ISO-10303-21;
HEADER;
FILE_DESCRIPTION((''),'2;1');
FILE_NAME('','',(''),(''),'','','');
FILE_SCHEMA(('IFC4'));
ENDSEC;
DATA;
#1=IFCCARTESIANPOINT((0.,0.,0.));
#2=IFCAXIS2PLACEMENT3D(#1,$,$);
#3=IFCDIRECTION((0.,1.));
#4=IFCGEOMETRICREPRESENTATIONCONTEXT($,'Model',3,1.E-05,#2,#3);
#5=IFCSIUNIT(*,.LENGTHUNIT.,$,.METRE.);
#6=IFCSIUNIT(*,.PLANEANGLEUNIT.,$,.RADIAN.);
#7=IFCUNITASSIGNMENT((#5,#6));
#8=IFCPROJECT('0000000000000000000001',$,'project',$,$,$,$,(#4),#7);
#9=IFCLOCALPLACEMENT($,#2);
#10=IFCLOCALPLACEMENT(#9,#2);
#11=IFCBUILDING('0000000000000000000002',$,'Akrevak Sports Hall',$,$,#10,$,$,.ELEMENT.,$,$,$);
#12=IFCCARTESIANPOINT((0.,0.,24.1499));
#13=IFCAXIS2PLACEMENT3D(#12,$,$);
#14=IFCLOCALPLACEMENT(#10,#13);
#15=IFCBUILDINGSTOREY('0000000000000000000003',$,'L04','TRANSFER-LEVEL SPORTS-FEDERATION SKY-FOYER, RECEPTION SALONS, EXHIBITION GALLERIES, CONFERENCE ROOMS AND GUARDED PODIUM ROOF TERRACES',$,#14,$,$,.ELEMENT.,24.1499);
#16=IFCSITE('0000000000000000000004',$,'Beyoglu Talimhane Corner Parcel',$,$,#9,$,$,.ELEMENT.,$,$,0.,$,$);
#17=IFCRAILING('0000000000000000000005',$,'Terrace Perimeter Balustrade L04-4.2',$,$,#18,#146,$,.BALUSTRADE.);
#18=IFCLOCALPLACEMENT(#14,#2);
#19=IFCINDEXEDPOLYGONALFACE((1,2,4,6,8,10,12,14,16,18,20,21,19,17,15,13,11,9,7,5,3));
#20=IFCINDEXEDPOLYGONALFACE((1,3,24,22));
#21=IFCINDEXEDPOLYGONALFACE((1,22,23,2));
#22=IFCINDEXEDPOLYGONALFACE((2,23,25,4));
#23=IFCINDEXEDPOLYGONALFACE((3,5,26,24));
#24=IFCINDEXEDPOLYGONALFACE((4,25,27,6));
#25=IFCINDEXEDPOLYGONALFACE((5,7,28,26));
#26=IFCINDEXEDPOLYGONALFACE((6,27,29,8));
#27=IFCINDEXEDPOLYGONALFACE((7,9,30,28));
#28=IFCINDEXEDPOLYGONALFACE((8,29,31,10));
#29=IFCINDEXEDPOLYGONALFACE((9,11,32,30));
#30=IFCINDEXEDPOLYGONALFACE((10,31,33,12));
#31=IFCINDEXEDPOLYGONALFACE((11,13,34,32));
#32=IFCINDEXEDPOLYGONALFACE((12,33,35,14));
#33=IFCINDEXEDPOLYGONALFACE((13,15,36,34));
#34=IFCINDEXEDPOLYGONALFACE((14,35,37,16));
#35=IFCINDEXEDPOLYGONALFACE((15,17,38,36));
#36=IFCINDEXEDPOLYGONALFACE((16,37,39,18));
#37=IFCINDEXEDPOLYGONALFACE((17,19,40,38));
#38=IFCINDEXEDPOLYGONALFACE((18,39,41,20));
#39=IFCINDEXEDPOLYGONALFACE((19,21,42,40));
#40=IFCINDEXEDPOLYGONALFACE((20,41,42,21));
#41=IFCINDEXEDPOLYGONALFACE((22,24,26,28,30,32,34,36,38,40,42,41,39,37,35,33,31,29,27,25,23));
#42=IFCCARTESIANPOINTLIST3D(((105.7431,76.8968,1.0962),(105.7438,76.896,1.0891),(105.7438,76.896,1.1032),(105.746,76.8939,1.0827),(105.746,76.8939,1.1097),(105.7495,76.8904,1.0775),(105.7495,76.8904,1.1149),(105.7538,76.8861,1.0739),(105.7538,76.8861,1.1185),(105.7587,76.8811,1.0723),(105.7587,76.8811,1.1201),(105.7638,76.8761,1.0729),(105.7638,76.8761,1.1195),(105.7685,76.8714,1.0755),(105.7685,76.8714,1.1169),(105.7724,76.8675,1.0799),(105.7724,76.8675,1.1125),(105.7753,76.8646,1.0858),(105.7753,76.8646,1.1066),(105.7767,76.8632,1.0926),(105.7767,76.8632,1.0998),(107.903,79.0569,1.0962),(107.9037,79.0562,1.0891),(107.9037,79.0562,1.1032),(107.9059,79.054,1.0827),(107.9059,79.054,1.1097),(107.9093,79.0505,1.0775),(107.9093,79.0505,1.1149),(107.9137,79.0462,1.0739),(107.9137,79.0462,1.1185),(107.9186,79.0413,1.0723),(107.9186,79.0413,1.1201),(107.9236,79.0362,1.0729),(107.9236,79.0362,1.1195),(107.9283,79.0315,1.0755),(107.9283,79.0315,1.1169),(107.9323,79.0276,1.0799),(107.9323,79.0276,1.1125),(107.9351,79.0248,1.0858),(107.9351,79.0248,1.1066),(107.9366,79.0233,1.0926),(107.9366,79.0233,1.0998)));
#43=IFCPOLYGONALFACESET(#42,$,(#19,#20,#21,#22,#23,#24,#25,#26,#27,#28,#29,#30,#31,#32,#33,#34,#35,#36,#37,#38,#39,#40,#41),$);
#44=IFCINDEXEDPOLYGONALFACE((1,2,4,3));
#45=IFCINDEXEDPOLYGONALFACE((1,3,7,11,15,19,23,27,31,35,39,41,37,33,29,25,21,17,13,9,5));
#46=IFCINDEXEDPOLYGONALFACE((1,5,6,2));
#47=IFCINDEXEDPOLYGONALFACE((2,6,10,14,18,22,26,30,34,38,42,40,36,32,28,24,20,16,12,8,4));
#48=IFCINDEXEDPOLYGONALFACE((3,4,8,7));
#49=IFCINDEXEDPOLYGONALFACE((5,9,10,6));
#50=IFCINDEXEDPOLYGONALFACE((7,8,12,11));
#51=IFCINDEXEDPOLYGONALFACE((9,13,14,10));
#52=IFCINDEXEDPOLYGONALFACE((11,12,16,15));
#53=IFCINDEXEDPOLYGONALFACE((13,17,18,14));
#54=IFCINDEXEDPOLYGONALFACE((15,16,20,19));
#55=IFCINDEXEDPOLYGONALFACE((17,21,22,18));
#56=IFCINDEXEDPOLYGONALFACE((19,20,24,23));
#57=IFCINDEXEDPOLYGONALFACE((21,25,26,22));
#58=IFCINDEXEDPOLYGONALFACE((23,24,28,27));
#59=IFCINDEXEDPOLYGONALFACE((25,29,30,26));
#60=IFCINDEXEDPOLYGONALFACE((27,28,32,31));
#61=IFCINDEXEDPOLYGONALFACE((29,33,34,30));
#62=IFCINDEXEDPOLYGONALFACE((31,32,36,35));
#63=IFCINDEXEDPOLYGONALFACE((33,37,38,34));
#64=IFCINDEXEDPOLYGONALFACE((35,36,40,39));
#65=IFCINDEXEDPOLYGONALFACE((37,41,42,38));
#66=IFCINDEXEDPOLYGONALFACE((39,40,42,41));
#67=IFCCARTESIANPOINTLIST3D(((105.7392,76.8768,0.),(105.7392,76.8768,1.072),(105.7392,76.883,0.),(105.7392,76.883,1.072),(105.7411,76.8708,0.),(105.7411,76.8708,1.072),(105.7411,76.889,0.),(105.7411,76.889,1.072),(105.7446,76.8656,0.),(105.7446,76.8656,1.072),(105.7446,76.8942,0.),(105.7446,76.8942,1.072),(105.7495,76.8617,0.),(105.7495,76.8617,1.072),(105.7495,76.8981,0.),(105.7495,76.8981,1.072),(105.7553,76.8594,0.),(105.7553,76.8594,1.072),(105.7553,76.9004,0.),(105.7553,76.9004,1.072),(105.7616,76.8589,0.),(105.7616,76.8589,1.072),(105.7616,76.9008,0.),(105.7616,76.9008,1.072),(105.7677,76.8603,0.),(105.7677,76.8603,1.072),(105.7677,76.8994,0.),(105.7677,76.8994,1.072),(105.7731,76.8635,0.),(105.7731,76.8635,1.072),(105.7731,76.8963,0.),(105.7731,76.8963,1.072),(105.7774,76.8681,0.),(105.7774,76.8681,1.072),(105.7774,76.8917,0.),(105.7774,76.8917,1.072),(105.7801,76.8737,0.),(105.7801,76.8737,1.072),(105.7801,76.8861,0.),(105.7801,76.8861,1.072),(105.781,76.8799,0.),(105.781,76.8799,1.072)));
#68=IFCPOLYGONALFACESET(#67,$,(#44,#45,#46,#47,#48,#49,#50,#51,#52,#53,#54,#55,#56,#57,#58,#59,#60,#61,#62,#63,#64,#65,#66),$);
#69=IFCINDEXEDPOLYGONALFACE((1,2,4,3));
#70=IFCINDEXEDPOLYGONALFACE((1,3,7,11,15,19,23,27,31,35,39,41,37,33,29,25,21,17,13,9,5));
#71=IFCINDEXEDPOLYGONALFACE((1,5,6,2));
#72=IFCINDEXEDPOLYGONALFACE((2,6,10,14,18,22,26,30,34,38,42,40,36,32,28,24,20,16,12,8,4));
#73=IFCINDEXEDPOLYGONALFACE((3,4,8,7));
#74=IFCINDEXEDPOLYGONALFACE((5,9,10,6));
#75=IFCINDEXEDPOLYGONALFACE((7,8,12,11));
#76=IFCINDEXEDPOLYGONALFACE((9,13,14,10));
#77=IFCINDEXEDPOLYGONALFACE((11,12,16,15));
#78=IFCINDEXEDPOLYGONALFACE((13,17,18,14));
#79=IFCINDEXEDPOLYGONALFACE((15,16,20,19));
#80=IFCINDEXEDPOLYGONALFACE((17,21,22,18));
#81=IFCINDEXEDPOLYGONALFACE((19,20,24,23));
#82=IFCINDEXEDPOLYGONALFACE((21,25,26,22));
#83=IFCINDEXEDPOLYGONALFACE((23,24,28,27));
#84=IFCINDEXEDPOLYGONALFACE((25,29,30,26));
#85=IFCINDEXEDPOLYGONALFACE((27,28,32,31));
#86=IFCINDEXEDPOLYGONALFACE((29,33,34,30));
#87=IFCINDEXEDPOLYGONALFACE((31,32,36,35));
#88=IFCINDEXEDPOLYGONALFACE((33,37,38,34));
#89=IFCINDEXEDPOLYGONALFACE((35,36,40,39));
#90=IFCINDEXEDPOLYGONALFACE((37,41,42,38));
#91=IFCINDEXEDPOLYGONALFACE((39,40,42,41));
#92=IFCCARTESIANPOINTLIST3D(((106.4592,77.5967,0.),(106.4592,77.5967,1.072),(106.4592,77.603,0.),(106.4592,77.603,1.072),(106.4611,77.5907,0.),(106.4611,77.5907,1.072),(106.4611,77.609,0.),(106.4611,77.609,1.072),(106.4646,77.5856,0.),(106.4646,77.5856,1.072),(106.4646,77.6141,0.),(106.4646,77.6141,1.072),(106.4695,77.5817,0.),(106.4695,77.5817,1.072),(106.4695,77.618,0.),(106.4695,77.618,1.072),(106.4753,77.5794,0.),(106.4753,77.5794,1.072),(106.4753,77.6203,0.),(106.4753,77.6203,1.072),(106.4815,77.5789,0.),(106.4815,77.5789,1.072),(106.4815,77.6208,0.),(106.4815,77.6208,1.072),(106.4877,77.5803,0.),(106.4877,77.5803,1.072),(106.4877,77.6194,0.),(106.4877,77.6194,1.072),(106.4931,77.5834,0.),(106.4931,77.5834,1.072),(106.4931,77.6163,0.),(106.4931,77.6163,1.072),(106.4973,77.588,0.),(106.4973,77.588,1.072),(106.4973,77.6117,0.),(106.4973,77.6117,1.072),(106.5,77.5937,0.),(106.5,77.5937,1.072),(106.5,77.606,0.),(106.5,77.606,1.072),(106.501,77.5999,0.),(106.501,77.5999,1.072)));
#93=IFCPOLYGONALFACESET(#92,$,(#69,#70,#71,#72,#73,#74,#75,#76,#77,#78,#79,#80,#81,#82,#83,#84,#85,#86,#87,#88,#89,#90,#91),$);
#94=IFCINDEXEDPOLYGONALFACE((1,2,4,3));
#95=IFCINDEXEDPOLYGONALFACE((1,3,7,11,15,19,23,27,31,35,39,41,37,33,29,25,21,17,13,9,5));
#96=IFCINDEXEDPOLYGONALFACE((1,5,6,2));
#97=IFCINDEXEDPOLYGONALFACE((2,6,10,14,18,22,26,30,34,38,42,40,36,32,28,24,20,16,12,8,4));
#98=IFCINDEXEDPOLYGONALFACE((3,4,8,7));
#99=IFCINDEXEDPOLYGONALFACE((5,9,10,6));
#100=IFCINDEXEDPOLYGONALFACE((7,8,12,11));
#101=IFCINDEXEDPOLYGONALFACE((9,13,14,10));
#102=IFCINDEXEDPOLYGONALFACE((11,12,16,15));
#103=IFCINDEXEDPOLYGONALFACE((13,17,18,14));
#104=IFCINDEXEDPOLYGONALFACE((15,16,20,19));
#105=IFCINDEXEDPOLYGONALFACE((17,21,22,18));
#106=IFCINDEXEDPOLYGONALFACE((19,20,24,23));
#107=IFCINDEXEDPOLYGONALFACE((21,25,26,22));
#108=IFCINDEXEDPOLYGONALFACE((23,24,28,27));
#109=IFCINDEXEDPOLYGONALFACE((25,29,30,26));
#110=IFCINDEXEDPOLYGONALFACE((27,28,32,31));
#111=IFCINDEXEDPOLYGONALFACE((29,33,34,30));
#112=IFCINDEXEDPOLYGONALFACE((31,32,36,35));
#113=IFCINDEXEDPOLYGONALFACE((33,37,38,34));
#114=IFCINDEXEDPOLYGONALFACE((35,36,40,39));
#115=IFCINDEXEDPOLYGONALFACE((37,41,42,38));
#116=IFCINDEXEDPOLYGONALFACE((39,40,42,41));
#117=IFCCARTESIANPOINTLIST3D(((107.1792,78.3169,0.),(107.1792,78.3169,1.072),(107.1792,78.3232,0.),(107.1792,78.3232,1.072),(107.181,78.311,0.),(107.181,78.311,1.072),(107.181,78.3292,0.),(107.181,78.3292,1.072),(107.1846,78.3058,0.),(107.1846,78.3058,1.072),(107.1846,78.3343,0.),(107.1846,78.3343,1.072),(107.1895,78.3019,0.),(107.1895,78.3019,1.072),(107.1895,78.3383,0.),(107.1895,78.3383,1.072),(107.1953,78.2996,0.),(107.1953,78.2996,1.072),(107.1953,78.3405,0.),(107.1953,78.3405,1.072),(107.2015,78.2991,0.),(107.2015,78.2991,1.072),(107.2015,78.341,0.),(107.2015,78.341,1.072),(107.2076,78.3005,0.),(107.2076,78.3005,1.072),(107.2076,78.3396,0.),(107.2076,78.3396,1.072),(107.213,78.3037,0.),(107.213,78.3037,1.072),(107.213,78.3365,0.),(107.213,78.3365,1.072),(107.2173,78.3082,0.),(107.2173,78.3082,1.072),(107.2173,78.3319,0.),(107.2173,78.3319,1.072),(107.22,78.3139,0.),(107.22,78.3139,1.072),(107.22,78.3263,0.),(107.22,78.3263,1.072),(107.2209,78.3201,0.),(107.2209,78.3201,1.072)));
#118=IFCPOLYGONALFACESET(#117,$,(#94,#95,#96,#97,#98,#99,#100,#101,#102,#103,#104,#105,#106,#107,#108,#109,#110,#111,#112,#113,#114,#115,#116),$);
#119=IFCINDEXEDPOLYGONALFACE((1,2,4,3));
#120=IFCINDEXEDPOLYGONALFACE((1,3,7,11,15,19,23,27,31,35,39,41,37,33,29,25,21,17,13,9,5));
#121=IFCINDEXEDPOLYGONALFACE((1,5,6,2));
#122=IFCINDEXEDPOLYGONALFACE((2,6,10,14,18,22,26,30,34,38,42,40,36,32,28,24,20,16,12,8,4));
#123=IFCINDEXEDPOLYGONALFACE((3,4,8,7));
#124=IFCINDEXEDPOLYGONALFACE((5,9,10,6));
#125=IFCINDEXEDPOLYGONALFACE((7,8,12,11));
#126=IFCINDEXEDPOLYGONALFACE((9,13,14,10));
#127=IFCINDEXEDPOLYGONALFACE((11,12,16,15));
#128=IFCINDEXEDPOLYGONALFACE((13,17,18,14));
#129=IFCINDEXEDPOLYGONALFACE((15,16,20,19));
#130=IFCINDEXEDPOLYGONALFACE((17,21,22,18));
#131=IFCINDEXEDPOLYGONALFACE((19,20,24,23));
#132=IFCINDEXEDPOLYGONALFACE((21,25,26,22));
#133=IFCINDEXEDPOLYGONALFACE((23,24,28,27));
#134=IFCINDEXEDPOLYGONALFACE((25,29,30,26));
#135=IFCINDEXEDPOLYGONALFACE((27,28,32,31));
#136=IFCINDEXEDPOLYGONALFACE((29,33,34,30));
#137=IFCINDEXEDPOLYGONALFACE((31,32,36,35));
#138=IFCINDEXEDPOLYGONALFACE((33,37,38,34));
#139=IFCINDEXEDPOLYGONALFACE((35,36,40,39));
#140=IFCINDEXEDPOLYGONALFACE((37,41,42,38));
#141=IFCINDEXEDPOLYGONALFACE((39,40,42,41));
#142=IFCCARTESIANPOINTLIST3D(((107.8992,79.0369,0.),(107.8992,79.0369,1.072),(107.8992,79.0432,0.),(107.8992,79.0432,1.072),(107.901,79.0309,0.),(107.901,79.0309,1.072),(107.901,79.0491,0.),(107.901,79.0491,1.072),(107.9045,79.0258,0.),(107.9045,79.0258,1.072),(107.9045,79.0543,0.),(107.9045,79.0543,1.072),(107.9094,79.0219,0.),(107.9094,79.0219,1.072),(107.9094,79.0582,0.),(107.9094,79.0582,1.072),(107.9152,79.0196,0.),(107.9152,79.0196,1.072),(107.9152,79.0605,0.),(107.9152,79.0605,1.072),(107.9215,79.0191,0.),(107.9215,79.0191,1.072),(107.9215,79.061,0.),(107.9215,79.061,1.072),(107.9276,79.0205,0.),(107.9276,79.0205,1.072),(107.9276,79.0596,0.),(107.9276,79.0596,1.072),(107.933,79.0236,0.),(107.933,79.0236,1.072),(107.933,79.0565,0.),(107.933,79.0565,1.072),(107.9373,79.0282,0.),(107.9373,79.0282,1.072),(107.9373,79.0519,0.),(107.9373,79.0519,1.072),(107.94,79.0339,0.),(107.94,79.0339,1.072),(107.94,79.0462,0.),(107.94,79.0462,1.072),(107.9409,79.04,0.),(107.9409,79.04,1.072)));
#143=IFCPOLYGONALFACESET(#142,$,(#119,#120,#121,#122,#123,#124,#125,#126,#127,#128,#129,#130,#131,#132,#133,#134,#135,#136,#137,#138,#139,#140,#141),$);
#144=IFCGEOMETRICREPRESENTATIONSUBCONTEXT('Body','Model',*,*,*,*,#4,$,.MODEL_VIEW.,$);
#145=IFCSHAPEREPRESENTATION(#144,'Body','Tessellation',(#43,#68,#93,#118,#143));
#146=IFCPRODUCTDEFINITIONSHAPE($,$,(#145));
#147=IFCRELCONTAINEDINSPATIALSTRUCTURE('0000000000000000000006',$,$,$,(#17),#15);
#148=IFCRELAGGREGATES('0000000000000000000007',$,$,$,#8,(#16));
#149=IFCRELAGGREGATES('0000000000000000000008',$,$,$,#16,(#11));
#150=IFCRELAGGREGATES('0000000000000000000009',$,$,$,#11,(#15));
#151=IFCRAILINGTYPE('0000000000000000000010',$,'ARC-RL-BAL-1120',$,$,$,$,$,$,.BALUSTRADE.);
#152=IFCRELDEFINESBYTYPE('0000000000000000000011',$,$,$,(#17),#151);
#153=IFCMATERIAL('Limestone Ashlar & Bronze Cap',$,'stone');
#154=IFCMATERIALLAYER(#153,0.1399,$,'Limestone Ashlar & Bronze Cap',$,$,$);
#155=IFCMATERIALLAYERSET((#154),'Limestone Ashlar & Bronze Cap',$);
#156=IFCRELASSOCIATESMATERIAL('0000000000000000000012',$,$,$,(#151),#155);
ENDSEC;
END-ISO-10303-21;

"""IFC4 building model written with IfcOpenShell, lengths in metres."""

from ifc_helpers import new_model, si_unit, direction, frame, origin, origin_2d, place, context, subcontext, project, spatial, circle, extrude, material, layer, layer_set, type_object, element, save


model = new_model("IFC4")

# Units and contexts
model_context = context("Model", 3, precision=1e-05, world=origin(), true_north=direction((0.0, 1.0)))
body_context = subcontext(model_context, "Body", "Model", "MODEL_VIEW")
ifc_project = project(units=[si_unit("LENGTHUNIT", "METRE"), si_unit("PLANEANGLEUNIT", "RADIAN")], contexts=[model_context])

# Site, building, storey
site_placement = place(None, origin())
site = spatial("IfcSite", under=ifc_project, at=site_placement, Name="Beyoglu Talimhane Corner Parcel", CompositionType="ELEMENT", RefElevation=0.0)
building_placement = place(site_placement, origin())
building = spatial("IfcBuilding", under=site, at=building_placement, Name="Akrevak Sports Hall", CompositionType="ELEMENT")
storey_placement = place(building_placement, frame((0.0, 0.0, 24.1499)))
storey = spatial("IfcBuildingStorey", under=building, at=storey_placement, Name="L04", Description="TRANSFER-LEVEL SPORTS-FEDERATION SKY-FOYER, RECEPTION SALONS, EXHIBITION GALLERIES, CONFERENCE ROOMS AND GUARDED PODIUM ROOF TERRACES", CompositionType="ELEMENT", Elevation=24.1499)

# Railing
ifc_material_1 = material(Name="Limestone Ashlar & Bronze Cap", Category="stone")
ifc_layer_1 = layer(ifc_material_1, 0.1399, Name="Limestone Ashlar & Bronze Cap")
ifc_layer_set_1 = layer_set([ifc_layer_1], Name="Limestone Ashlar & Bronze Cap")
railing_type = type_object("IfcRailingType", Name="ARC-RL-BAL-1120", PredefinedType="BALUSTRADE", material=ifc_layer_set_1)
railing_1_placement = place(storey_placement, frame((105.76, 76.8799, 0.0)))
element("IfcRailing", 1, at=railing_1_placement, inside=storey, type_object=railing_type, Name="Terrace Perimeter Balustrade L04-4.2", PredefinedType="BALUSTRADE", context=body_context, shape_type="SweptSolid", body=[
    extrude(circle(Radius=0.0239, at=origin_2d()), frame((0.0, 0.0, 1.0962), z_axis=(0.707067, 0.707147, 0.0), x_axis=(-0.707147, 0.707067, 0.0)), (0.0, 0.0, 1.0), 3.0547),
    extrude(circle(Radius=0.021, at=origin_2d()), origin(), (0.0, 0.0, 1.0), 1.072),
    extrude(circle(Radius=0.021, at=origin_2d()), frame((0.72, 0.72, 0.0)), (0.0, 0.0, 1.0), 1.072),
    extrude(circle(Radius=0.021, at=origin_2d()), frame((1.4399, 1.4402, 0.0)), (0.0, 0.0, 1.0), 1.072),
    extrude(circle(Radius=0.021, at=origin_2d()), frame((2.1599, 2.1602, 0.0)), (0.0, 0.0, 1.0), 1.072),
])

save(model, "model.ifc")
